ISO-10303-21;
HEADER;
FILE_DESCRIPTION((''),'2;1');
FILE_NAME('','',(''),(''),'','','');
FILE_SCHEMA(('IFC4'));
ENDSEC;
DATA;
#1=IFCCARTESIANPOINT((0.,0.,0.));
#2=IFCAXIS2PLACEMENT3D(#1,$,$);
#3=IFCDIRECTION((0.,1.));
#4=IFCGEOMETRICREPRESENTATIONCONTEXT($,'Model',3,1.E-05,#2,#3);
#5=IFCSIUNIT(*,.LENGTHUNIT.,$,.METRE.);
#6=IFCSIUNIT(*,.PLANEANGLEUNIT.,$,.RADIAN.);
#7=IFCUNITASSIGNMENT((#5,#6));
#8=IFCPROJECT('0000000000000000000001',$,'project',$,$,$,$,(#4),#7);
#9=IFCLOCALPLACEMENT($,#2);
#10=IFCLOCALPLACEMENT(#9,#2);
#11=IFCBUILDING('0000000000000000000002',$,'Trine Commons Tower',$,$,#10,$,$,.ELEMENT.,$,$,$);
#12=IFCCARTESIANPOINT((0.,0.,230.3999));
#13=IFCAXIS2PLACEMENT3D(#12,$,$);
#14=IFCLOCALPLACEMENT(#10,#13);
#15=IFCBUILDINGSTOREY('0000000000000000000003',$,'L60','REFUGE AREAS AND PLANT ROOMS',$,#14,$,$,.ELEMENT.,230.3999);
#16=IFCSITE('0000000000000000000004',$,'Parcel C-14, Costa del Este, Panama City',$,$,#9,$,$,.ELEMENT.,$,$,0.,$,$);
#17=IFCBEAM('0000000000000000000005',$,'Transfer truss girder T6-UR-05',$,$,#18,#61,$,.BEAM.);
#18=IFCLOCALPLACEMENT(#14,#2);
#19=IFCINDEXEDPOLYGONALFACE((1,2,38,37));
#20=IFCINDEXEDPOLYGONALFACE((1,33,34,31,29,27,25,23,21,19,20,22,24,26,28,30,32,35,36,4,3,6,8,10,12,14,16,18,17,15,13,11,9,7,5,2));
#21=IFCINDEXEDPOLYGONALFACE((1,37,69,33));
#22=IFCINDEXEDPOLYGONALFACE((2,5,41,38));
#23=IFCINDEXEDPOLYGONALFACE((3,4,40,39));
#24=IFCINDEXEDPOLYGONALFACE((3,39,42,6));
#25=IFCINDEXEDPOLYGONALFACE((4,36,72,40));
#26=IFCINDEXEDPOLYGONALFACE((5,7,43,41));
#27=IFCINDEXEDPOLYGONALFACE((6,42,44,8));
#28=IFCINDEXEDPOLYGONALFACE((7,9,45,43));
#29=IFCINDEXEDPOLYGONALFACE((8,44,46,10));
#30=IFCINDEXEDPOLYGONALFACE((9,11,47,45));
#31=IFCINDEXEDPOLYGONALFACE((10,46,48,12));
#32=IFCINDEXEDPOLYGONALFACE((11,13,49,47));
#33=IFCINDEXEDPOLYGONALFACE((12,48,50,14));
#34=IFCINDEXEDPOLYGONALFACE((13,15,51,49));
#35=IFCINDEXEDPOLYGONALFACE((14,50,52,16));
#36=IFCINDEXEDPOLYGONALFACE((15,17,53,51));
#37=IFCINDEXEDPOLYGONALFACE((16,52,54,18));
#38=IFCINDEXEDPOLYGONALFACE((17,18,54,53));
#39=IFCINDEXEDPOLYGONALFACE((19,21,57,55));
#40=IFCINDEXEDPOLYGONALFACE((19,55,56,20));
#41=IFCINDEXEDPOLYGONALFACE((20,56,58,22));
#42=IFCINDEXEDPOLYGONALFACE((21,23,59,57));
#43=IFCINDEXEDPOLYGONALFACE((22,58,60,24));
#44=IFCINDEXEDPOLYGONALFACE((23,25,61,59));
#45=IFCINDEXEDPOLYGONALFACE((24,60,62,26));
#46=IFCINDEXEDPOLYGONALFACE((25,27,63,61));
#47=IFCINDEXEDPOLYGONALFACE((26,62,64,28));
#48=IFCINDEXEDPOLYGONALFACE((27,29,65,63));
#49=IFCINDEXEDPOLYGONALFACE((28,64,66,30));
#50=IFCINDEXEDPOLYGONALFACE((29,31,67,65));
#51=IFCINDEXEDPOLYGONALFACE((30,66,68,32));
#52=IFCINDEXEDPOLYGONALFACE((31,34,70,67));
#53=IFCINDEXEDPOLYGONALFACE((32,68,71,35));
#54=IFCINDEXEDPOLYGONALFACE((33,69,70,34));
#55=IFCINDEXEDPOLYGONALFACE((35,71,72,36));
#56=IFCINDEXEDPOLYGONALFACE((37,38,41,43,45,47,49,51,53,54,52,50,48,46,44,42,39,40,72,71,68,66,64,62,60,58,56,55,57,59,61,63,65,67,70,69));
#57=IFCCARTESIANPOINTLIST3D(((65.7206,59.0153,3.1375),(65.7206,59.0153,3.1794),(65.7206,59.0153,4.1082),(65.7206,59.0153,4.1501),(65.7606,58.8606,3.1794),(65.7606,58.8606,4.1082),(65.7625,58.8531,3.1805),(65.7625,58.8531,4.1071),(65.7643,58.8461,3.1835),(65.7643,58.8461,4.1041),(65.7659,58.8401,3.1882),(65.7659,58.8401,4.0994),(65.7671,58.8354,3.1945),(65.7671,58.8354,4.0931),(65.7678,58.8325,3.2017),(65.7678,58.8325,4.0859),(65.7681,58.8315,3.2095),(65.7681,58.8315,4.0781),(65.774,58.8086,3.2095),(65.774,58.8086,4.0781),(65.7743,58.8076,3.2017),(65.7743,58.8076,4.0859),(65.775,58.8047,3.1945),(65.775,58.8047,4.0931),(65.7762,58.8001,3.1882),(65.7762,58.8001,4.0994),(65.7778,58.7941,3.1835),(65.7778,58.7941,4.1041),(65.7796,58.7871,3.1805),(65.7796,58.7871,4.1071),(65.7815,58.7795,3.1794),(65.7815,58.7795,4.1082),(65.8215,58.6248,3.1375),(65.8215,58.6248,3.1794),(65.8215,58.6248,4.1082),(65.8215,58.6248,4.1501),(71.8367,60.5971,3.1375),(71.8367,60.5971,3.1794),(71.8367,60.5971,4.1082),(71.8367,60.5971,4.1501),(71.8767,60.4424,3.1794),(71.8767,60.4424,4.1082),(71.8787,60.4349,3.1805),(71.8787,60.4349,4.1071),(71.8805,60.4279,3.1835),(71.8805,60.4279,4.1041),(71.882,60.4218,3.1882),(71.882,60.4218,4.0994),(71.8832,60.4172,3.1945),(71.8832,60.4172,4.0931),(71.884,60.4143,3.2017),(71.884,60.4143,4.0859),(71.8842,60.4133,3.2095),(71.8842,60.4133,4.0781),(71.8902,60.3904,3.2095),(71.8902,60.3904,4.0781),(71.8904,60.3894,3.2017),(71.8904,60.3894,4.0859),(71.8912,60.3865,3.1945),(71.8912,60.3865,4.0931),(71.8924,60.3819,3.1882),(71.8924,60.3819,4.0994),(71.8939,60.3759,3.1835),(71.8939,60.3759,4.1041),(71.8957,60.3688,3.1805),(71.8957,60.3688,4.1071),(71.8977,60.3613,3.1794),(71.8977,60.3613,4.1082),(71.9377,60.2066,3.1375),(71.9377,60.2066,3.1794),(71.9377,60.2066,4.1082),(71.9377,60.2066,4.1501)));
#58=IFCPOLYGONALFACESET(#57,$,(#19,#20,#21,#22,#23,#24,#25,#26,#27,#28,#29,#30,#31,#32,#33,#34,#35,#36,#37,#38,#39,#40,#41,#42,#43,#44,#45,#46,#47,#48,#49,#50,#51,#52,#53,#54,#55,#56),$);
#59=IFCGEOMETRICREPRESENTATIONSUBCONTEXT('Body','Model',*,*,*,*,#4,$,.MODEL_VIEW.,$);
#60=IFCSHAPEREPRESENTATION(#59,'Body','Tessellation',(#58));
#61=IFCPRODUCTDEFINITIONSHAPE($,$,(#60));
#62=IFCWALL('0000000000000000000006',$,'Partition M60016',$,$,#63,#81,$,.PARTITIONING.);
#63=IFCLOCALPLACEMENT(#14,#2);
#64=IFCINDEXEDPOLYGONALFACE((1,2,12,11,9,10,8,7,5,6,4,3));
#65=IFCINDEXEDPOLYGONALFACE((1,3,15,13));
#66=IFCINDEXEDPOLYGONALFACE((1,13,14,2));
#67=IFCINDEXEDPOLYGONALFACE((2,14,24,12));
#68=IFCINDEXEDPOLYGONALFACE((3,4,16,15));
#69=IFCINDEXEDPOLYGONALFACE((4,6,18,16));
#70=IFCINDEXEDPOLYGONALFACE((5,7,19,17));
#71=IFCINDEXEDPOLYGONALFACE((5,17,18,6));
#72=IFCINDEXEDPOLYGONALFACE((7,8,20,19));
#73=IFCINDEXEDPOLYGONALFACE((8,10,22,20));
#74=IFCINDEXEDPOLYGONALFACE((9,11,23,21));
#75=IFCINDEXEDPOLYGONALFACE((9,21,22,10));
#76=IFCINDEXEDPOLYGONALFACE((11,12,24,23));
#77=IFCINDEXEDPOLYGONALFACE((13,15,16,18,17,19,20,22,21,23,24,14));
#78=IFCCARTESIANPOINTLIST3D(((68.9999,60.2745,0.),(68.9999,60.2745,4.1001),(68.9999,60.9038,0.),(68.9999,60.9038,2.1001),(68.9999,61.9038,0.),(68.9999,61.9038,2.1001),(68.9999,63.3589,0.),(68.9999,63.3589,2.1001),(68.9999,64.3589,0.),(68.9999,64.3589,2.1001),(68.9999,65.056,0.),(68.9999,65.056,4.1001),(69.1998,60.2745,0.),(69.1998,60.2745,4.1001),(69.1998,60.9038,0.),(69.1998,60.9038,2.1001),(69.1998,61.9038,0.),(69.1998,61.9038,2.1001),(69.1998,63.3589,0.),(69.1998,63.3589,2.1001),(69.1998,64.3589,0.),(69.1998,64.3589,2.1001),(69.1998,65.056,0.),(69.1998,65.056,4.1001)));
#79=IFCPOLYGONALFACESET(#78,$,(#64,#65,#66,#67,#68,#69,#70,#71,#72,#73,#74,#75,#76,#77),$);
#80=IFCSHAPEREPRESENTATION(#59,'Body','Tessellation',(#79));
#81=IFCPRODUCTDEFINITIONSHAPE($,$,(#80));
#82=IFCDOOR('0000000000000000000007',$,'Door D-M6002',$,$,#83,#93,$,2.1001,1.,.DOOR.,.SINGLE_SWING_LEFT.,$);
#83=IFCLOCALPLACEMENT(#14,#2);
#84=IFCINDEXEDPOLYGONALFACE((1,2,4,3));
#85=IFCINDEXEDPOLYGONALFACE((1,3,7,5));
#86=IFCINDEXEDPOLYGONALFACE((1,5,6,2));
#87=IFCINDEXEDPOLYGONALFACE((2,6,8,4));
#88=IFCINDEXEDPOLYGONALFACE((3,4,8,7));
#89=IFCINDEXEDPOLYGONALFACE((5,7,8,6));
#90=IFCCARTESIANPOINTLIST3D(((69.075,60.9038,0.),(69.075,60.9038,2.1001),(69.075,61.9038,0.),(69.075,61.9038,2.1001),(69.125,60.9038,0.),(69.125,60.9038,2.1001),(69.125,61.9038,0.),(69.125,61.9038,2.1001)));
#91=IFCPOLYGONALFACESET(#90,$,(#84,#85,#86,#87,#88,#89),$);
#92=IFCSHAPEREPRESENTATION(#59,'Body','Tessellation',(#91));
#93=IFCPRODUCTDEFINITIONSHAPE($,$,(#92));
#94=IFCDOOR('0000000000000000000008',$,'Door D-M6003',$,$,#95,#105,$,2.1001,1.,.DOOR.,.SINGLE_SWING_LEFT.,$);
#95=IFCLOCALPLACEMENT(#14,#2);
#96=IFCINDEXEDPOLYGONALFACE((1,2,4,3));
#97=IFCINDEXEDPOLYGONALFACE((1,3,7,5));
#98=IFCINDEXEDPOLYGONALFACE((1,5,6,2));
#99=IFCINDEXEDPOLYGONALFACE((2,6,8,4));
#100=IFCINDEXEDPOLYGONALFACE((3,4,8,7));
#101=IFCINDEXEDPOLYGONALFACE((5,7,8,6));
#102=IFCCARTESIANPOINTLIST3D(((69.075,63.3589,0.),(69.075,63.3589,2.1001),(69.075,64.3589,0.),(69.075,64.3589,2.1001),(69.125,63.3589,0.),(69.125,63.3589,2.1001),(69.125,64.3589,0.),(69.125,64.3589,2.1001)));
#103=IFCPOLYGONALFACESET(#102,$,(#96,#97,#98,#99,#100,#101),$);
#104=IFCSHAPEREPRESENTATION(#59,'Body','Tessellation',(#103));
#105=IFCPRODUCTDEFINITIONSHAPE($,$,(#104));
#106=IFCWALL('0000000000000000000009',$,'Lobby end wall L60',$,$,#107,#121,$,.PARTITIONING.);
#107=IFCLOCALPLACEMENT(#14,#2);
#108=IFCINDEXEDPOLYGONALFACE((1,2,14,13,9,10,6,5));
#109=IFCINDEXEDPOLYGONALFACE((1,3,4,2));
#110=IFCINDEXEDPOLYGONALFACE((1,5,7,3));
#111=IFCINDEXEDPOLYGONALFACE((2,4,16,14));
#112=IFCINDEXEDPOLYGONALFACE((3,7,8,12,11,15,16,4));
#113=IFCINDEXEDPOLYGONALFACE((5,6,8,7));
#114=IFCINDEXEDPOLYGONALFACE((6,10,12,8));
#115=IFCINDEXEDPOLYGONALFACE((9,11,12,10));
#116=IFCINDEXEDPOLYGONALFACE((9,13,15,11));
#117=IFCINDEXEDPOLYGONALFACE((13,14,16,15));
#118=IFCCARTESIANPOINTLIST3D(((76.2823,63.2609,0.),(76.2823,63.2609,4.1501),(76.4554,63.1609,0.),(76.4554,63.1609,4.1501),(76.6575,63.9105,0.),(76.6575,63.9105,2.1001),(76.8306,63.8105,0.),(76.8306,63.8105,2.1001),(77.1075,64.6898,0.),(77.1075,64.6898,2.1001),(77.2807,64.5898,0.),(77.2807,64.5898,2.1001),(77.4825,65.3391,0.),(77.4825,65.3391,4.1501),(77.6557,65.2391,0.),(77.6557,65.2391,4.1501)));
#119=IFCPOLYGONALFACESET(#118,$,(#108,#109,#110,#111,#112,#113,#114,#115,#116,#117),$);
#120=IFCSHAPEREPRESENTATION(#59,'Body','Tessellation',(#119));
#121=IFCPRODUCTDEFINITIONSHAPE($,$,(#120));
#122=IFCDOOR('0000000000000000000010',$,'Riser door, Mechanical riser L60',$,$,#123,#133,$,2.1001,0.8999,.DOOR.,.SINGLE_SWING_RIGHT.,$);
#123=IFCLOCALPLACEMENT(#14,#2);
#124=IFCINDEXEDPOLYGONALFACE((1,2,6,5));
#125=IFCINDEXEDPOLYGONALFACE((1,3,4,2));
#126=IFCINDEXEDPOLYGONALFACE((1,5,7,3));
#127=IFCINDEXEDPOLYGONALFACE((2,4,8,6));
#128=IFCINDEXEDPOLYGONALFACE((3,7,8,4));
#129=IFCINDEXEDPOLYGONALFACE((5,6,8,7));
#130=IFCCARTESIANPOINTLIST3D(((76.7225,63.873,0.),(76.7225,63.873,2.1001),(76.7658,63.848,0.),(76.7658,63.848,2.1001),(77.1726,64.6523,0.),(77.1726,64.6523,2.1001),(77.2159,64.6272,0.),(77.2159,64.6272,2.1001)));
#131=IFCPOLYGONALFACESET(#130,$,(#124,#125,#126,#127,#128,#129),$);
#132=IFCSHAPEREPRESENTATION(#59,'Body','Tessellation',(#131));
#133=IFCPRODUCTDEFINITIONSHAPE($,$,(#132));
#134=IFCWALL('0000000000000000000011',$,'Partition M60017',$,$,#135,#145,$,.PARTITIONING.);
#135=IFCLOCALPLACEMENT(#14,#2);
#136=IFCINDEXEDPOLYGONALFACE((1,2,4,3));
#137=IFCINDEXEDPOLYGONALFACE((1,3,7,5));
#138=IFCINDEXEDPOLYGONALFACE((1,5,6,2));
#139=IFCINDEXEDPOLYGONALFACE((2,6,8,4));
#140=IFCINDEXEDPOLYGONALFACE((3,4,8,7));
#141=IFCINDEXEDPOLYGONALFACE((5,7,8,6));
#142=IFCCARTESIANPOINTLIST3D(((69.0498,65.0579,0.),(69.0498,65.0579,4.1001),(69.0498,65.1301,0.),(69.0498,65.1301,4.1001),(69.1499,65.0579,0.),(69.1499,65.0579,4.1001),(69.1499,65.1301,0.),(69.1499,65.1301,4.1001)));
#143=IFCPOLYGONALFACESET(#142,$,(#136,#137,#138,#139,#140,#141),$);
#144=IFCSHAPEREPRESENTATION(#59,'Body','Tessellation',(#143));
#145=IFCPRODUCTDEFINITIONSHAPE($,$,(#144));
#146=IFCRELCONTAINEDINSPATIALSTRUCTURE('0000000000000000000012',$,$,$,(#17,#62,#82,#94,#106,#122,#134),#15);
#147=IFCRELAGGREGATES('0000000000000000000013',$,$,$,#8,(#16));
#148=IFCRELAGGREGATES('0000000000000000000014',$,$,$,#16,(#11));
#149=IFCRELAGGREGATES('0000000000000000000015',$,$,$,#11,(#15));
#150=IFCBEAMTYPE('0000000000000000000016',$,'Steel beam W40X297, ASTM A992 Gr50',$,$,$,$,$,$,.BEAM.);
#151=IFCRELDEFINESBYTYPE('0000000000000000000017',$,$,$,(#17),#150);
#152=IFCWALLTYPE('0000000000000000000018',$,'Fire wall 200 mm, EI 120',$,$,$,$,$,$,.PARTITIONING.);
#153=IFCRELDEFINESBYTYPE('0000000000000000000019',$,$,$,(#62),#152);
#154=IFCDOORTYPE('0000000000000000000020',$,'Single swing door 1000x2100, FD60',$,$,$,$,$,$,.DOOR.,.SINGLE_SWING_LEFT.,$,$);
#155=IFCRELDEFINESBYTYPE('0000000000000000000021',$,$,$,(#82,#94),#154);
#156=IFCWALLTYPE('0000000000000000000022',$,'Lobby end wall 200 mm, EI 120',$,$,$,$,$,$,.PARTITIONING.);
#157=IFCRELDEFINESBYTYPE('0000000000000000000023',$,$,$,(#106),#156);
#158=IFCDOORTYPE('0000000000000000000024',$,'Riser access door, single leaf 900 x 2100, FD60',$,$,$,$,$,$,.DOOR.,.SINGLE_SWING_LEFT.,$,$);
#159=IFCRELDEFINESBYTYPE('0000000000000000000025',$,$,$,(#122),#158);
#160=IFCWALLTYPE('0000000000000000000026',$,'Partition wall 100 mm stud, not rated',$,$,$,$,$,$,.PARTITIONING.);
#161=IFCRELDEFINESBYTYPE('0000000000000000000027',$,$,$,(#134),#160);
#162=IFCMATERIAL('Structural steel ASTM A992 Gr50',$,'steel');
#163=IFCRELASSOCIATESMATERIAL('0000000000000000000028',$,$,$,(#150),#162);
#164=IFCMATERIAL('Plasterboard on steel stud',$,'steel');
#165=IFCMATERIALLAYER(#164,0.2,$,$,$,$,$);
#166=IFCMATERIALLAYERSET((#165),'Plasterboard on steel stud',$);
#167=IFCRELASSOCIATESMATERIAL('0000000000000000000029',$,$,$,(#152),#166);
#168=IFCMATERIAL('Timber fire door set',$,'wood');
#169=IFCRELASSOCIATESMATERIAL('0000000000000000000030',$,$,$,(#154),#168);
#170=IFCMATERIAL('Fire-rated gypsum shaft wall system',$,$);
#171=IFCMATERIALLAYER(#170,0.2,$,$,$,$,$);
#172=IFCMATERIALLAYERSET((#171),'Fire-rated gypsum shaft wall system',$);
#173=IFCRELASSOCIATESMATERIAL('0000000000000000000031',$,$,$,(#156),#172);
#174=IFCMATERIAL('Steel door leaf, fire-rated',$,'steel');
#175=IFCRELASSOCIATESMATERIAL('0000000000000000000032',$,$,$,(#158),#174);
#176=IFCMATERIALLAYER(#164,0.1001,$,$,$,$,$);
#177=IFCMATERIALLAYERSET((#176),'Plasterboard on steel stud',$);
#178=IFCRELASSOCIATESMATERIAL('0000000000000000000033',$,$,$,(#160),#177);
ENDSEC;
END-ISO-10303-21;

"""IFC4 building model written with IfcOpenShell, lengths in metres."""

from ifc_helpers import new_model, si_unit, direction, frame, frame_2d, origin, origin_2d, place, context, subcontext, project, spatial, rectangle, i_section, extrude, material, layer, layer_set, material_profile, profile_set, type_object, element, fill, save


model = new_model("IFC4")

# Units and contexts
model_context = context("Model", 3, precision=1e-05, world=origin(), true_north=direction((0.0, 1.0)))
body_context = subcontext(model_context, "Body", "Model", "MODEL_VIEW")
ifc_project = project(units=[si_unit("LENGTHUNIT", "METRE"), si_unit("PLANEANGLEUNIT", "RADIAN")], contexts=[model_context])

# Site, building, storey
site_placement = place(None, origin())
site = spatial("IfcSite", under=ifc_project, at=site_placement, Name="Parcel C-14, Costa del Este, Panama City", CompositionType="ELEMENT", RefElevation=0.0)
building_placement = place(site_placement, origin())
building = spatial("IfcBuilding", under=site, at=building_placement, Name="Trine Commons Tower", CompositionType="ELEMENT")
storey_placement = place(building_placement, frame((0.0, 0.0, 230.3999)))
storey = spatial("IfcBuildingStorey", under=building, at=storey_placement, Name="L60", Description="REFUGE AREAS AND PLANT ROOMS", CompositionType="ELEMENT", Elevation=230.3999)

# Beam
ifc_material_1 = material(Name="Structural steel ASTM A992 Gr50", Category="steel")
ifc_material_profile = material_profile(ifc_material_1, i_section(OverallWidth=0.4033, OverallDepth=1.0127, WebThickness=0.0237, FlangeThickness=0.042, FilletRadius=0.03, at=origin_2d()), Name="W40X297")
ifc_profile_set = profile_set([ifc_material_profile], Name="Structural steel ASTM A992 Gr50")
beam_type = type_object("IfcBeamType", Name="Steel beam W40X297, ASTM A992 Gr50", PredefinedType="BEAM", material=ifc_profile_set)
beam_placement = place(storey_placement, frame((71.8872, 60.4019, 3.6438), z_axis=(-0.968147, -0.250384, 0.0), x_axis=(0.250384, -0.968147, 0.0)))
element("IfcBeam", 1, at=beam_placement, inside=storey, type_object=beam_type, Name="Transfer truss girder T6-UR-05", PredefinedType="BEAM", context=body_context, shape_type="SweptSolid", body=[
    extrude(i_section(OverallWidth=0.4033, OverallDepth=1.0127, WebThickness=0.0237, FlangeThickness=0.042, FilletRadius=0.03, at=origin_2d()), origin(), (0.0, 0.0, 1.0), 6.3174),
])

# Wall, openings, doors
ifc_material_2 = material(Name="Plasterboard on steel stud", Category="steel")
ifc_layer_1 = layer(ifc_material_2, 0.2)
ifc_layer_set_1 = layer_set([ifc_layer_1], Name="Plasterboard on steel stud")
wall_type_1 = type_object("IfcWallType", Name="Fire wall 200 mm, EI 120", PredefinedType="PARTITIONING", material=ifc_layer_set_1)
wall_1_placement = place(storey_placement, frame((69.0999, 60.2747, 0.0), z_axis=(0.0, 0.0, 1.0), x_axis=(0.0, 1.0, 0.0)))
wall_1 = element("IfcWall", 2, at=wall_1_placement, inside=storey, type_object=wall_type_1, Name="Partition M60016", PredefinedType="PARTITIONING", context=body_context, shape_type="SweptSolid", body=[
    extrude(rectangle(XDim=4.7815, YDim=0.2, at=frame_2d((2.3906, 0.0))), origin(), (0.0, 0.0, 1.0), 4.1001),
])
opening_1_placement = place(wall_1_placement, frame((0.6292, 0.0, 0.0)))
opening_1 = element("IfcOpeningElement", 3, at=opening_1_placement, cuts=wall_1, PredefinedType="OPENING", context=body_context, shape_type="SweptSolid", body=[
    extrude(rectangle(XDim=1.0, YDim=2.1001, at=frame_2d((0.5, 1.05))), frame((0.0, 0.1099, 0.0), z_axis=(0.0, -1.0, 0.0), x_axis=(1.0, 0.0, 0.0)), (0.0, 0.0, 1.0), 0.22),
])
opening_2_placement = place(wall_1_placement, frame((3.0842, 0.0, 0.0)))
opening_2 = element("IfcOpeningElement", 4, at=opening_2_placement, cuts=wall_1, PredefinedType="OPENING", context=body_context, shape_type="SweptSolid", body=[
    extrude(rectangle(XDim=1.0, YDim=2.1001, at=frame_2d((0.5, 1.05))), frame((0.0, 0.1099, 0.0), z_axis=(0.0, -1.0, 0.0), x_axis=(1.0, 0.0, 0.0)), (0.0, 0.0, 1.0), 0.22),
])
ifc_material_3 = material(Name="Timber fire door set", Category="wood")
door_type_1 = type_object("IfcDoorType", Name="Single swing door 1000x2100, FD60", OperationType="SINGLE_SWING_LEFT", PredefinedType="DOOR", material=ifc_material_3)
door_1_placement = place(opening_1_placement, origin())
door_1 = element("IfcDoor", 5, at=door_1_placement, inside=storey, type_object=door_type_1, Name="Door D-M6002", OperationType="SINGLE_SWING_LEFT", OverallHeight=2.1001, OverallWidth=1.0, PredefinedType="DOOR", context=body_context, shape_type="SweptSolid", body=[
    extrude(rectangle(XDim=1.0, YDim=2.1001, at=frame_2d((0.5, 1.05))), frame((0.0, 0.0249, 0.0), z_axis=(0.0, -1.0, 0.0), x_axis=(1.0, 0.0, 0.0)), (0.0, 0.0, 1.0), 0.05),
])
fill(opening_1, door_1)
door_2_placement = place(opening_2_placement, origin())
door_2 = element("IfcDoor", 6, at=door_2_placement, inside=storey, type_object=door_type_1, Name="Door D-M6003", OperationType="SINGLE_SWING_LEFT", OverallHeight=2.1001, OverallWidth=1.0, PredefinedType="DOOR", context=body_context, shape_type="SweptSolid", body=[
    extrude(rectangle(XDim=1.0, YDim=2.1001, at=frame_2d((0.5, 1.05))), frame((0.0, 0.0249, 0.0), z_axis=(0.0, -1.0, 0.0), x_axis=(1.0, 0.0, 0.0)), (0.0, 0.0, 1.0), 0.05),
])
fill(opening_2, door_2)

# Wall, opening, door
ifc_material_4 = material(Name="Fire-rated gypsum shaft wall system")
ifc_layer_2 = layer(ifc_material_4, 0.2)
ifc_layer_set_2 = layer_set([ifc_layer_2], Name="Fire-rated gypsum shaft wall system")
wall_type_2 = type_object("IfcWallType", Name="Lobby end wall 200 mm, EI 120", PredefinedType="PARTITIONING", material=ifc_layer_set_2)
wall_2_placement = place(storey_placement, frame((77.5691, 65.2891, 0.0), z_axis=(0.0, 0.0, 1.0), x_axis=(-0.500122, -0.865955, 0.0)))
wall_2 = element("IfcWall", 7, at=wall_2_placement, inside=storey, type_object=wall_type_2, Name="Lobby end wall L60", PredefinedType="PARTITIONING", context=body_context, shape_type="SweptSolid", body=[
    extrude(rectangle(XDim=2.3999, YDim=0.2, at=frame_2d((1.2, 0.0))), origin(), (0.0, 0.0, 1.0), 4.1501),
])
opening_3_placement = place(wall_2_placement, frame((0.7498, 0.0, 0.0)))
opening_3 = element("IfcOpeningElement", 8, at=opening_3_placement, cuts=wall_2, PredefinedType="OPENING", context=body_context, shape_type="SweptSolid", body=[
    extrude(rectangle(XDim=0.8999, YDim=2.1001, at=frame_2d((0.45, 1.05))), frame((0.0, 0.1099, 0.0), z_axis=(0.0, -1.0, 0.0), x_axis=(1.0, 0.0, 0.0)), (0.0, 0.0, 1.0), 0.22),
])
ifc_material_5 = material(Name="Steel door leaf, fire-rated", Category="steel")
door_type_2 = type_object("IfcDoorType", Name="Riser access door, single leaf 900 x 2100, FD60", OperationType="SINGLE_SWING_LEFT", PredefinedType="DOOR", material=ifc_material_5)
door_3_placement = place(opening_3_placement, frame((0.8999, 0.0, 0.0), z_axis=(0.0, 0.0, 1.0), x_axis=(-1.0, 0.0, 0.0)))
door_3 = element("IfcDoor", 9, at=door_3_placement, inside=storey, type_object=door_type_2, Name="Riser door, Mechanical riser L60", OperationType="SINGLE_SWING_RIGHT", OverallHeight=2.1001, OverallWidth=0.8999, PredefinedType="DOOR", context=body_context, shape_type="SweptSolid", body=[
    extrude(rectangle(XDim=0.8999, YDim=2.1001, at=frame_2d((0.45, 1.05))), frame((0.0, 0.0249, 0.0), z_axis=(0.0, -1.0, 0.0), x_axis=(1.0, 0.0, 0.0)), (0.0, 0.0, 1.0), 0.05),
])
fill(opening_3, door_3)

# Wall
ifc_layer_3 = layer(ifc_material_2, 0.1001)
ifc_layer_set_3 = layer_set([ifc_layer_3], Name="Plasterboard on steel stud")
wall_type_3 = type_object("IfcWallType", Name="Partition wall 100 mm stud, not rated", PredefinedType="PARTITIONING", material=ifc_layer_set_3)
wall_3_placement = place(storey_placement, frame((69.0999, 65.0579, 0.0), z_axis=(0.0, 0.0, 1.0), x_axis=(0.0, 1.0, 0.0)))
element("IfcWall", 10, at=wall_3_placement, inside=storey, type_object=wall_type_3, Name="Partition M60017", PredefinedType="PARTITIONING", context=body_context, shape_type="SweptSolid", body=[
    extrude(rectangle(XDim=0.0723, YDim=0.1001, at=frame_2d((0.0361, 0.0))), origin(), (0.0, 0.0, 1.0), 4.1001),
])

save(model, "model.ifc")
